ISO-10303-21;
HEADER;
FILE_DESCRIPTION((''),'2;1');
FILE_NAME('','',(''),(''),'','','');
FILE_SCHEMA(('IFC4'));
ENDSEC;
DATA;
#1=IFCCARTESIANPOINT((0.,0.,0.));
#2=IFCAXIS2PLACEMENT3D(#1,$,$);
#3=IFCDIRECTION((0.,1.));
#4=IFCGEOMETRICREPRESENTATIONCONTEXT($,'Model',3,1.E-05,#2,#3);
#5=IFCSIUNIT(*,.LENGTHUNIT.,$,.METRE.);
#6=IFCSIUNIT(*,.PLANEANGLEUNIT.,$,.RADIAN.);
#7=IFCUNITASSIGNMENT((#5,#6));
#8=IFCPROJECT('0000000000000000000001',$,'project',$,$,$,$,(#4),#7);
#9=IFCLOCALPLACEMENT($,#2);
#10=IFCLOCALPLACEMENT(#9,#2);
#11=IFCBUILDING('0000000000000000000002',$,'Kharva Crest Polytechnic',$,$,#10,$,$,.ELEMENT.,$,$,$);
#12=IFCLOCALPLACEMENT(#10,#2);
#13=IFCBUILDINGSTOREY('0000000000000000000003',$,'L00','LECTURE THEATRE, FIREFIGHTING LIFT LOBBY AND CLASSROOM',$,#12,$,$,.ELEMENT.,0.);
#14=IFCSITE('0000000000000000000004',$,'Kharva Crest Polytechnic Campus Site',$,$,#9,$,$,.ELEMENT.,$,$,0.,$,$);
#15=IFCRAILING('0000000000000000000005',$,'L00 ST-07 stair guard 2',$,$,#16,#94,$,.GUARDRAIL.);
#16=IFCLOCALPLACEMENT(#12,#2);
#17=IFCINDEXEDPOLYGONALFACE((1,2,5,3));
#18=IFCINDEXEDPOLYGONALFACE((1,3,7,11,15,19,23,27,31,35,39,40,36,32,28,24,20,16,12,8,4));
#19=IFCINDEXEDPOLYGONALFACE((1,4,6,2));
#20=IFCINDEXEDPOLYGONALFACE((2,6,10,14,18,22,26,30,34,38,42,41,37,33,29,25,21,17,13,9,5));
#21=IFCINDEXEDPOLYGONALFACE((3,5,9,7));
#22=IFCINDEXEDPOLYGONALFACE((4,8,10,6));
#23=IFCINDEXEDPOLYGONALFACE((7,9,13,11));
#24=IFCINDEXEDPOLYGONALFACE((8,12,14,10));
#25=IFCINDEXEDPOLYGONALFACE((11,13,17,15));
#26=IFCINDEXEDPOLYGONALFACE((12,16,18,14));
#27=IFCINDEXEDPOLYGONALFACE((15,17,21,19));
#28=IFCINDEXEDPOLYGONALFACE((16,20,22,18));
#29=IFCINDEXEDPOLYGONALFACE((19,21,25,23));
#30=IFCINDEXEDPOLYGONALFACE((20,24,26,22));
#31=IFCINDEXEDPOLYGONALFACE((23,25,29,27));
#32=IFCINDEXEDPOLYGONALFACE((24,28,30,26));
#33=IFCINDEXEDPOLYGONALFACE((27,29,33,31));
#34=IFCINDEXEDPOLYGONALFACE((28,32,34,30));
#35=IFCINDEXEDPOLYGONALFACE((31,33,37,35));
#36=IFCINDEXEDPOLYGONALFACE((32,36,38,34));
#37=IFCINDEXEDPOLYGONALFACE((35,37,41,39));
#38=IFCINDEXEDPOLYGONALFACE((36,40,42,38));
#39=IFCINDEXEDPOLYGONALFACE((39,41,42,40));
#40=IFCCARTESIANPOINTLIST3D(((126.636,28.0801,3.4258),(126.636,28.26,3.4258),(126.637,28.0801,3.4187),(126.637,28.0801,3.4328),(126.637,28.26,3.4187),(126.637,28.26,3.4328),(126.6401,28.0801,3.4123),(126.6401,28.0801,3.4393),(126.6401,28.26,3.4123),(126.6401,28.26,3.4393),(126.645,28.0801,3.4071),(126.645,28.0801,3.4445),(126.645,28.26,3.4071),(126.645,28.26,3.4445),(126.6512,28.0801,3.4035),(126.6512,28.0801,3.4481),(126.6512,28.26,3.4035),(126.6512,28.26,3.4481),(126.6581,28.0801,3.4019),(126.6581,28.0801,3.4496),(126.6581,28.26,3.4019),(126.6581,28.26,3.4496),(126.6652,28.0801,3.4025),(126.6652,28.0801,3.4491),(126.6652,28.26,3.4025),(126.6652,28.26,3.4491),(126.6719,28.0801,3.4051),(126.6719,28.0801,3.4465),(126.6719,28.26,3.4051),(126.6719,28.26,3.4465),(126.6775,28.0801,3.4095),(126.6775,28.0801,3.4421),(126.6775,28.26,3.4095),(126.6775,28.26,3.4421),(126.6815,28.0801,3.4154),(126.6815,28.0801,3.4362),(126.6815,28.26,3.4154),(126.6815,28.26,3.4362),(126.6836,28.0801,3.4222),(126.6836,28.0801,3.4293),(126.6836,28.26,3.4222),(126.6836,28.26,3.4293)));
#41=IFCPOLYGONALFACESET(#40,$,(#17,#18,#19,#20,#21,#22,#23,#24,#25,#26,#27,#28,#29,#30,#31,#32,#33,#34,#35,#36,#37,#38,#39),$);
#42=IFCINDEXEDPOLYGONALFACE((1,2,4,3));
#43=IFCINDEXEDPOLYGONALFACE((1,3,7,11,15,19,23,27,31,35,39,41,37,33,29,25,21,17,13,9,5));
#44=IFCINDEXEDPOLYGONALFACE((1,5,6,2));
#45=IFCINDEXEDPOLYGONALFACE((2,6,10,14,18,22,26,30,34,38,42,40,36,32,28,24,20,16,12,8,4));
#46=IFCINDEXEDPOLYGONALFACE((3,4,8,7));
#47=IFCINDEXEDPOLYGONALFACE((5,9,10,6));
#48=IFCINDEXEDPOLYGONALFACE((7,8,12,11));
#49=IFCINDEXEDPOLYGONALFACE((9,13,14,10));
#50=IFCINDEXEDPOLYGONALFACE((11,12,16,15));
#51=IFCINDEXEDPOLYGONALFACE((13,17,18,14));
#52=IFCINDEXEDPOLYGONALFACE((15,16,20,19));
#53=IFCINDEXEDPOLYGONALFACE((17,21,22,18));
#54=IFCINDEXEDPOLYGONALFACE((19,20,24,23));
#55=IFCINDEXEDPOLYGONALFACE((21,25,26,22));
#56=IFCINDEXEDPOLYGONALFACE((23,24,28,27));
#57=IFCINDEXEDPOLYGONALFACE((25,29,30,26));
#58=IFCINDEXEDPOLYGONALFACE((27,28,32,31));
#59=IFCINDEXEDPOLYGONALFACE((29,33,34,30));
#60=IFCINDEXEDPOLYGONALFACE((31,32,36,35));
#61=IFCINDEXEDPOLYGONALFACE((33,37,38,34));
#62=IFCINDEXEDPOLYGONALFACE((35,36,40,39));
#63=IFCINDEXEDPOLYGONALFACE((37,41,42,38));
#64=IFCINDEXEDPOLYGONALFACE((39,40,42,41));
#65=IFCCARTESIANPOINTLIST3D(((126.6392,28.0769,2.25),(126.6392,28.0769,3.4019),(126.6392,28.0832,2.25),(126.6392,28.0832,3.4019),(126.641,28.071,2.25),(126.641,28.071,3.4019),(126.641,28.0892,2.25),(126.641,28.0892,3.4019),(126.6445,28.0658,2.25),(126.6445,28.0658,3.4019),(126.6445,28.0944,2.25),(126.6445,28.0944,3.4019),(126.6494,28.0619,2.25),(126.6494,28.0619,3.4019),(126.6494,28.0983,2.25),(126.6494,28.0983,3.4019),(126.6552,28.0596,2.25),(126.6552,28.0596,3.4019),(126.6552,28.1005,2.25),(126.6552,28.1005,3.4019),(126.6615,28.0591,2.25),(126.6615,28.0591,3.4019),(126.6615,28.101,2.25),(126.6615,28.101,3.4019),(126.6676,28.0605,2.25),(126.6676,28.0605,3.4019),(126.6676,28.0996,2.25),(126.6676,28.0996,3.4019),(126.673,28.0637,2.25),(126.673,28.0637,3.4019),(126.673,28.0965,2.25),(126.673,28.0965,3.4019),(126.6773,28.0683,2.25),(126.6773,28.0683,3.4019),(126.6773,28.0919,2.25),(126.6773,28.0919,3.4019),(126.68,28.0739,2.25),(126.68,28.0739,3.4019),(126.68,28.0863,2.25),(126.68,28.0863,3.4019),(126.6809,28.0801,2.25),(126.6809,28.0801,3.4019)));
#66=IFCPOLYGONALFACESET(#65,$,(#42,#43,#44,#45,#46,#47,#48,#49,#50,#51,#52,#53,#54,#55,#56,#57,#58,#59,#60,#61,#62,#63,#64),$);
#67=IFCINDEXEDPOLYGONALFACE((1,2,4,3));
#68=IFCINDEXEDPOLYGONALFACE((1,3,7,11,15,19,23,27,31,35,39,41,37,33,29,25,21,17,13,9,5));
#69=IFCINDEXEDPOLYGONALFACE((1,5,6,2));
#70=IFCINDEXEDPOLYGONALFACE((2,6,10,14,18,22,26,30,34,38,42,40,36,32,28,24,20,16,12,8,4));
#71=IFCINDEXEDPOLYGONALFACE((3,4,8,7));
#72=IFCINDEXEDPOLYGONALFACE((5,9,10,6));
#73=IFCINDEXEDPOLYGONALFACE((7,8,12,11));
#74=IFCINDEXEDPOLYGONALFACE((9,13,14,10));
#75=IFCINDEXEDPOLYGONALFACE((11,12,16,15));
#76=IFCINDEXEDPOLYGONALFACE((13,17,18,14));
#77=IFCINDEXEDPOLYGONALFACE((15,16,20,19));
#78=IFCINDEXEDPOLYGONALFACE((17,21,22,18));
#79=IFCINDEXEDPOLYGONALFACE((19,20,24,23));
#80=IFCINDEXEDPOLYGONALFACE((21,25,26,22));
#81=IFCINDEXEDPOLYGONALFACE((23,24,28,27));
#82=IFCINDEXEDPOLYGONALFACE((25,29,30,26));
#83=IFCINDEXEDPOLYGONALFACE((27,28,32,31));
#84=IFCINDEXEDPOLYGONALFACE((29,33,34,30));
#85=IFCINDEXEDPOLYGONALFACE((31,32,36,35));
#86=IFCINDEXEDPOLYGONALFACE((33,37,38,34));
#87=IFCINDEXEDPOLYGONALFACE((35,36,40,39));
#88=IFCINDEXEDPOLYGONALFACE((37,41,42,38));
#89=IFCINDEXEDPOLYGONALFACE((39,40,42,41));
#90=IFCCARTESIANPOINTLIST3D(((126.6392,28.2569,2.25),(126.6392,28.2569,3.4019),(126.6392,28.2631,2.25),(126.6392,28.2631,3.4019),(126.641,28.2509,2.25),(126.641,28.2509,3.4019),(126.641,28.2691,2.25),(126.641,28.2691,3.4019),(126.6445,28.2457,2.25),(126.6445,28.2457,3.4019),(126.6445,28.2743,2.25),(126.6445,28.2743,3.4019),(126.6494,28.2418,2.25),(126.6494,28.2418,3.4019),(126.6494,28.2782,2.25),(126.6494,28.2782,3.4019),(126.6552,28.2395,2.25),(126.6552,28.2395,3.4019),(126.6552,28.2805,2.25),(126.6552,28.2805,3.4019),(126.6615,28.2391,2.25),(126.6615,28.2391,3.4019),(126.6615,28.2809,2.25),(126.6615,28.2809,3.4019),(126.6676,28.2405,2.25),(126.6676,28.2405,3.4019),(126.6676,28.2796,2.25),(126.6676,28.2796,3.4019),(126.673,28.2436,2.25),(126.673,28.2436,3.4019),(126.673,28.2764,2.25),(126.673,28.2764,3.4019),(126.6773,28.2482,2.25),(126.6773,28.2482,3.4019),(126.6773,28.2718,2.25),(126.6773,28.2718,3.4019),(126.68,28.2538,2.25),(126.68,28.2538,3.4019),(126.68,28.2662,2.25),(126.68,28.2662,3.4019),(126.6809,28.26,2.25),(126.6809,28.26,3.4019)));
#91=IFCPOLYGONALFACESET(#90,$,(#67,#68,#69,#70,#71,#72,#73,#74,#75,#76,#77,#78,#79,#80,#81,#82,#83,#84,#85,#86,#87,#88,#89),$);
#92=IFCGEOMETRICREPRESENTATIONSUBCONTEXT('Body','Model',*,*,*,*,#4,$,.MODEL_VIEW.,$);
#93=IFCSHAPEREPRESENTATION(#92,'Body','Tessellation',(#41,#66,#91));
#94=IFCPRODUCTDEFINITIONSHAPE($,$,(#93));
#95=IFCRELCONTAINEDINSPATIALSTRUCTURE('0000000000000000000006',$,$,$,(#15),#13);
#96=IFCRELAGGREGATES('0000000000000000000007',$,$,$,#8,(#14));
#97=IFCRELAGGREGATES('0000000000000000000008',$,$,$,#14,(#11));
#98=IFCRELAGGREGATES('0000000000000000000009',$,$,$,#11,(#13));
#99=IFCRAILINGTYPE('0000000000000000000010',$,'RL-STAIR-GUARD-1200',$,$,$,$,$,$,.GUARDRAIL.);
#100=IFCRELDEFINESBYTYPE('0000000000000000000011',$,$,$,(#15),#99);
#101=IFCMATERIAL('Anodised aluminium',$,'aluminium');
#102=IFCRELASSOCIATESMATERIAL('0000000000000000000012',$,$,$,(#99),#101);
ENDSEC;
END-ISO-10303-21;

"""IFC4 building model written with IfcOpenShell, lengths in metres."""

from ifc_helpers import new_model, si_unit, direction, frame, origin, origin_2d, place, context, subcontext, project, spatial, circle, extrude, material, type_object, element, save


model = new_model("IFC4")

# Units and contexts
model_context = context("Model", 3, precision=1e-05, world=origin(), true_north=direction((0.0, 1.0)))
body_context = subcontext(model_context, "Body", "Model", "MODEL_VIEW")
ifc_project = project(units=[si_unit("LENGTHUNIT", "METRE"), si_unit("PLANEANGLEUNIT", "RADIAN")], contexts=[model_context])

# Site, building, storey
site_placement = place(None, origin())
site = spatial("IfcSite", under=ifc_project, at=site_placement, Name="Kharva Crest Polytechnic Campus Site", CompositionType="ELEMENT", RefElevation=0.0)
building_placement = place(site_placement, origin())
building = spatial("IfcBuilding", under=site, at=building_placement, Name="Kharva Crest Polytechnic", CompositionType="ELEMENT")
storey_placement = place(building_placement, origin())
storey = spatial("IfcBuildingStorey", under=building, at=storey_placement, Name="L00", Description="LECTURE THEATRE, FIREFIGHTING LIFT LOBBY AND CLASSROOM", CompositionType="ELEMENT", Elevation=0.0)

# Shared definitions
ifc_material_1 = material(Name="Anodised aluminium", Category="aluminium")

# Railing
railing_type_1 = type_object("IfcRailingType", Name="RL-STAIR-GUARD-1200", PredefinedType="GUARDRAIL", material=ifc_material_1)
railing_1_placement = place(storey_placement, frame((126.6599, 28.0801, 2.25)))
element("IfcRailing", 1, at=railing_1_placement, inside=storey, type_object=railing_type_1, Name="L00 ST-07 stair guard 2", PredefinedType="GUARDRAIL", context=body_context, shape_type="SweptSolid", body=[
    extrude(circle(Radius=0.0239, at=origin_2d()), frame((0.0, 0.0, 1.1758), z_axis=(0.0, 1.0, 0.0), x_axis=(-1.0, 0.0, 0.0)), (0.0, 0.0, 1.0), 0.1799),
    extrude(circle(Radius=0.021, at=origin_2d()), origin(), (0.0, 0.0, 1.0), 1.1519),
    extrude(circle(Radius=0.021, at=origin_2d()), frame((0.0, 0.1799, 0.0)), (0.0, 0.0, 1.0), 1.1519),
])

save(model, "model.ifc")
